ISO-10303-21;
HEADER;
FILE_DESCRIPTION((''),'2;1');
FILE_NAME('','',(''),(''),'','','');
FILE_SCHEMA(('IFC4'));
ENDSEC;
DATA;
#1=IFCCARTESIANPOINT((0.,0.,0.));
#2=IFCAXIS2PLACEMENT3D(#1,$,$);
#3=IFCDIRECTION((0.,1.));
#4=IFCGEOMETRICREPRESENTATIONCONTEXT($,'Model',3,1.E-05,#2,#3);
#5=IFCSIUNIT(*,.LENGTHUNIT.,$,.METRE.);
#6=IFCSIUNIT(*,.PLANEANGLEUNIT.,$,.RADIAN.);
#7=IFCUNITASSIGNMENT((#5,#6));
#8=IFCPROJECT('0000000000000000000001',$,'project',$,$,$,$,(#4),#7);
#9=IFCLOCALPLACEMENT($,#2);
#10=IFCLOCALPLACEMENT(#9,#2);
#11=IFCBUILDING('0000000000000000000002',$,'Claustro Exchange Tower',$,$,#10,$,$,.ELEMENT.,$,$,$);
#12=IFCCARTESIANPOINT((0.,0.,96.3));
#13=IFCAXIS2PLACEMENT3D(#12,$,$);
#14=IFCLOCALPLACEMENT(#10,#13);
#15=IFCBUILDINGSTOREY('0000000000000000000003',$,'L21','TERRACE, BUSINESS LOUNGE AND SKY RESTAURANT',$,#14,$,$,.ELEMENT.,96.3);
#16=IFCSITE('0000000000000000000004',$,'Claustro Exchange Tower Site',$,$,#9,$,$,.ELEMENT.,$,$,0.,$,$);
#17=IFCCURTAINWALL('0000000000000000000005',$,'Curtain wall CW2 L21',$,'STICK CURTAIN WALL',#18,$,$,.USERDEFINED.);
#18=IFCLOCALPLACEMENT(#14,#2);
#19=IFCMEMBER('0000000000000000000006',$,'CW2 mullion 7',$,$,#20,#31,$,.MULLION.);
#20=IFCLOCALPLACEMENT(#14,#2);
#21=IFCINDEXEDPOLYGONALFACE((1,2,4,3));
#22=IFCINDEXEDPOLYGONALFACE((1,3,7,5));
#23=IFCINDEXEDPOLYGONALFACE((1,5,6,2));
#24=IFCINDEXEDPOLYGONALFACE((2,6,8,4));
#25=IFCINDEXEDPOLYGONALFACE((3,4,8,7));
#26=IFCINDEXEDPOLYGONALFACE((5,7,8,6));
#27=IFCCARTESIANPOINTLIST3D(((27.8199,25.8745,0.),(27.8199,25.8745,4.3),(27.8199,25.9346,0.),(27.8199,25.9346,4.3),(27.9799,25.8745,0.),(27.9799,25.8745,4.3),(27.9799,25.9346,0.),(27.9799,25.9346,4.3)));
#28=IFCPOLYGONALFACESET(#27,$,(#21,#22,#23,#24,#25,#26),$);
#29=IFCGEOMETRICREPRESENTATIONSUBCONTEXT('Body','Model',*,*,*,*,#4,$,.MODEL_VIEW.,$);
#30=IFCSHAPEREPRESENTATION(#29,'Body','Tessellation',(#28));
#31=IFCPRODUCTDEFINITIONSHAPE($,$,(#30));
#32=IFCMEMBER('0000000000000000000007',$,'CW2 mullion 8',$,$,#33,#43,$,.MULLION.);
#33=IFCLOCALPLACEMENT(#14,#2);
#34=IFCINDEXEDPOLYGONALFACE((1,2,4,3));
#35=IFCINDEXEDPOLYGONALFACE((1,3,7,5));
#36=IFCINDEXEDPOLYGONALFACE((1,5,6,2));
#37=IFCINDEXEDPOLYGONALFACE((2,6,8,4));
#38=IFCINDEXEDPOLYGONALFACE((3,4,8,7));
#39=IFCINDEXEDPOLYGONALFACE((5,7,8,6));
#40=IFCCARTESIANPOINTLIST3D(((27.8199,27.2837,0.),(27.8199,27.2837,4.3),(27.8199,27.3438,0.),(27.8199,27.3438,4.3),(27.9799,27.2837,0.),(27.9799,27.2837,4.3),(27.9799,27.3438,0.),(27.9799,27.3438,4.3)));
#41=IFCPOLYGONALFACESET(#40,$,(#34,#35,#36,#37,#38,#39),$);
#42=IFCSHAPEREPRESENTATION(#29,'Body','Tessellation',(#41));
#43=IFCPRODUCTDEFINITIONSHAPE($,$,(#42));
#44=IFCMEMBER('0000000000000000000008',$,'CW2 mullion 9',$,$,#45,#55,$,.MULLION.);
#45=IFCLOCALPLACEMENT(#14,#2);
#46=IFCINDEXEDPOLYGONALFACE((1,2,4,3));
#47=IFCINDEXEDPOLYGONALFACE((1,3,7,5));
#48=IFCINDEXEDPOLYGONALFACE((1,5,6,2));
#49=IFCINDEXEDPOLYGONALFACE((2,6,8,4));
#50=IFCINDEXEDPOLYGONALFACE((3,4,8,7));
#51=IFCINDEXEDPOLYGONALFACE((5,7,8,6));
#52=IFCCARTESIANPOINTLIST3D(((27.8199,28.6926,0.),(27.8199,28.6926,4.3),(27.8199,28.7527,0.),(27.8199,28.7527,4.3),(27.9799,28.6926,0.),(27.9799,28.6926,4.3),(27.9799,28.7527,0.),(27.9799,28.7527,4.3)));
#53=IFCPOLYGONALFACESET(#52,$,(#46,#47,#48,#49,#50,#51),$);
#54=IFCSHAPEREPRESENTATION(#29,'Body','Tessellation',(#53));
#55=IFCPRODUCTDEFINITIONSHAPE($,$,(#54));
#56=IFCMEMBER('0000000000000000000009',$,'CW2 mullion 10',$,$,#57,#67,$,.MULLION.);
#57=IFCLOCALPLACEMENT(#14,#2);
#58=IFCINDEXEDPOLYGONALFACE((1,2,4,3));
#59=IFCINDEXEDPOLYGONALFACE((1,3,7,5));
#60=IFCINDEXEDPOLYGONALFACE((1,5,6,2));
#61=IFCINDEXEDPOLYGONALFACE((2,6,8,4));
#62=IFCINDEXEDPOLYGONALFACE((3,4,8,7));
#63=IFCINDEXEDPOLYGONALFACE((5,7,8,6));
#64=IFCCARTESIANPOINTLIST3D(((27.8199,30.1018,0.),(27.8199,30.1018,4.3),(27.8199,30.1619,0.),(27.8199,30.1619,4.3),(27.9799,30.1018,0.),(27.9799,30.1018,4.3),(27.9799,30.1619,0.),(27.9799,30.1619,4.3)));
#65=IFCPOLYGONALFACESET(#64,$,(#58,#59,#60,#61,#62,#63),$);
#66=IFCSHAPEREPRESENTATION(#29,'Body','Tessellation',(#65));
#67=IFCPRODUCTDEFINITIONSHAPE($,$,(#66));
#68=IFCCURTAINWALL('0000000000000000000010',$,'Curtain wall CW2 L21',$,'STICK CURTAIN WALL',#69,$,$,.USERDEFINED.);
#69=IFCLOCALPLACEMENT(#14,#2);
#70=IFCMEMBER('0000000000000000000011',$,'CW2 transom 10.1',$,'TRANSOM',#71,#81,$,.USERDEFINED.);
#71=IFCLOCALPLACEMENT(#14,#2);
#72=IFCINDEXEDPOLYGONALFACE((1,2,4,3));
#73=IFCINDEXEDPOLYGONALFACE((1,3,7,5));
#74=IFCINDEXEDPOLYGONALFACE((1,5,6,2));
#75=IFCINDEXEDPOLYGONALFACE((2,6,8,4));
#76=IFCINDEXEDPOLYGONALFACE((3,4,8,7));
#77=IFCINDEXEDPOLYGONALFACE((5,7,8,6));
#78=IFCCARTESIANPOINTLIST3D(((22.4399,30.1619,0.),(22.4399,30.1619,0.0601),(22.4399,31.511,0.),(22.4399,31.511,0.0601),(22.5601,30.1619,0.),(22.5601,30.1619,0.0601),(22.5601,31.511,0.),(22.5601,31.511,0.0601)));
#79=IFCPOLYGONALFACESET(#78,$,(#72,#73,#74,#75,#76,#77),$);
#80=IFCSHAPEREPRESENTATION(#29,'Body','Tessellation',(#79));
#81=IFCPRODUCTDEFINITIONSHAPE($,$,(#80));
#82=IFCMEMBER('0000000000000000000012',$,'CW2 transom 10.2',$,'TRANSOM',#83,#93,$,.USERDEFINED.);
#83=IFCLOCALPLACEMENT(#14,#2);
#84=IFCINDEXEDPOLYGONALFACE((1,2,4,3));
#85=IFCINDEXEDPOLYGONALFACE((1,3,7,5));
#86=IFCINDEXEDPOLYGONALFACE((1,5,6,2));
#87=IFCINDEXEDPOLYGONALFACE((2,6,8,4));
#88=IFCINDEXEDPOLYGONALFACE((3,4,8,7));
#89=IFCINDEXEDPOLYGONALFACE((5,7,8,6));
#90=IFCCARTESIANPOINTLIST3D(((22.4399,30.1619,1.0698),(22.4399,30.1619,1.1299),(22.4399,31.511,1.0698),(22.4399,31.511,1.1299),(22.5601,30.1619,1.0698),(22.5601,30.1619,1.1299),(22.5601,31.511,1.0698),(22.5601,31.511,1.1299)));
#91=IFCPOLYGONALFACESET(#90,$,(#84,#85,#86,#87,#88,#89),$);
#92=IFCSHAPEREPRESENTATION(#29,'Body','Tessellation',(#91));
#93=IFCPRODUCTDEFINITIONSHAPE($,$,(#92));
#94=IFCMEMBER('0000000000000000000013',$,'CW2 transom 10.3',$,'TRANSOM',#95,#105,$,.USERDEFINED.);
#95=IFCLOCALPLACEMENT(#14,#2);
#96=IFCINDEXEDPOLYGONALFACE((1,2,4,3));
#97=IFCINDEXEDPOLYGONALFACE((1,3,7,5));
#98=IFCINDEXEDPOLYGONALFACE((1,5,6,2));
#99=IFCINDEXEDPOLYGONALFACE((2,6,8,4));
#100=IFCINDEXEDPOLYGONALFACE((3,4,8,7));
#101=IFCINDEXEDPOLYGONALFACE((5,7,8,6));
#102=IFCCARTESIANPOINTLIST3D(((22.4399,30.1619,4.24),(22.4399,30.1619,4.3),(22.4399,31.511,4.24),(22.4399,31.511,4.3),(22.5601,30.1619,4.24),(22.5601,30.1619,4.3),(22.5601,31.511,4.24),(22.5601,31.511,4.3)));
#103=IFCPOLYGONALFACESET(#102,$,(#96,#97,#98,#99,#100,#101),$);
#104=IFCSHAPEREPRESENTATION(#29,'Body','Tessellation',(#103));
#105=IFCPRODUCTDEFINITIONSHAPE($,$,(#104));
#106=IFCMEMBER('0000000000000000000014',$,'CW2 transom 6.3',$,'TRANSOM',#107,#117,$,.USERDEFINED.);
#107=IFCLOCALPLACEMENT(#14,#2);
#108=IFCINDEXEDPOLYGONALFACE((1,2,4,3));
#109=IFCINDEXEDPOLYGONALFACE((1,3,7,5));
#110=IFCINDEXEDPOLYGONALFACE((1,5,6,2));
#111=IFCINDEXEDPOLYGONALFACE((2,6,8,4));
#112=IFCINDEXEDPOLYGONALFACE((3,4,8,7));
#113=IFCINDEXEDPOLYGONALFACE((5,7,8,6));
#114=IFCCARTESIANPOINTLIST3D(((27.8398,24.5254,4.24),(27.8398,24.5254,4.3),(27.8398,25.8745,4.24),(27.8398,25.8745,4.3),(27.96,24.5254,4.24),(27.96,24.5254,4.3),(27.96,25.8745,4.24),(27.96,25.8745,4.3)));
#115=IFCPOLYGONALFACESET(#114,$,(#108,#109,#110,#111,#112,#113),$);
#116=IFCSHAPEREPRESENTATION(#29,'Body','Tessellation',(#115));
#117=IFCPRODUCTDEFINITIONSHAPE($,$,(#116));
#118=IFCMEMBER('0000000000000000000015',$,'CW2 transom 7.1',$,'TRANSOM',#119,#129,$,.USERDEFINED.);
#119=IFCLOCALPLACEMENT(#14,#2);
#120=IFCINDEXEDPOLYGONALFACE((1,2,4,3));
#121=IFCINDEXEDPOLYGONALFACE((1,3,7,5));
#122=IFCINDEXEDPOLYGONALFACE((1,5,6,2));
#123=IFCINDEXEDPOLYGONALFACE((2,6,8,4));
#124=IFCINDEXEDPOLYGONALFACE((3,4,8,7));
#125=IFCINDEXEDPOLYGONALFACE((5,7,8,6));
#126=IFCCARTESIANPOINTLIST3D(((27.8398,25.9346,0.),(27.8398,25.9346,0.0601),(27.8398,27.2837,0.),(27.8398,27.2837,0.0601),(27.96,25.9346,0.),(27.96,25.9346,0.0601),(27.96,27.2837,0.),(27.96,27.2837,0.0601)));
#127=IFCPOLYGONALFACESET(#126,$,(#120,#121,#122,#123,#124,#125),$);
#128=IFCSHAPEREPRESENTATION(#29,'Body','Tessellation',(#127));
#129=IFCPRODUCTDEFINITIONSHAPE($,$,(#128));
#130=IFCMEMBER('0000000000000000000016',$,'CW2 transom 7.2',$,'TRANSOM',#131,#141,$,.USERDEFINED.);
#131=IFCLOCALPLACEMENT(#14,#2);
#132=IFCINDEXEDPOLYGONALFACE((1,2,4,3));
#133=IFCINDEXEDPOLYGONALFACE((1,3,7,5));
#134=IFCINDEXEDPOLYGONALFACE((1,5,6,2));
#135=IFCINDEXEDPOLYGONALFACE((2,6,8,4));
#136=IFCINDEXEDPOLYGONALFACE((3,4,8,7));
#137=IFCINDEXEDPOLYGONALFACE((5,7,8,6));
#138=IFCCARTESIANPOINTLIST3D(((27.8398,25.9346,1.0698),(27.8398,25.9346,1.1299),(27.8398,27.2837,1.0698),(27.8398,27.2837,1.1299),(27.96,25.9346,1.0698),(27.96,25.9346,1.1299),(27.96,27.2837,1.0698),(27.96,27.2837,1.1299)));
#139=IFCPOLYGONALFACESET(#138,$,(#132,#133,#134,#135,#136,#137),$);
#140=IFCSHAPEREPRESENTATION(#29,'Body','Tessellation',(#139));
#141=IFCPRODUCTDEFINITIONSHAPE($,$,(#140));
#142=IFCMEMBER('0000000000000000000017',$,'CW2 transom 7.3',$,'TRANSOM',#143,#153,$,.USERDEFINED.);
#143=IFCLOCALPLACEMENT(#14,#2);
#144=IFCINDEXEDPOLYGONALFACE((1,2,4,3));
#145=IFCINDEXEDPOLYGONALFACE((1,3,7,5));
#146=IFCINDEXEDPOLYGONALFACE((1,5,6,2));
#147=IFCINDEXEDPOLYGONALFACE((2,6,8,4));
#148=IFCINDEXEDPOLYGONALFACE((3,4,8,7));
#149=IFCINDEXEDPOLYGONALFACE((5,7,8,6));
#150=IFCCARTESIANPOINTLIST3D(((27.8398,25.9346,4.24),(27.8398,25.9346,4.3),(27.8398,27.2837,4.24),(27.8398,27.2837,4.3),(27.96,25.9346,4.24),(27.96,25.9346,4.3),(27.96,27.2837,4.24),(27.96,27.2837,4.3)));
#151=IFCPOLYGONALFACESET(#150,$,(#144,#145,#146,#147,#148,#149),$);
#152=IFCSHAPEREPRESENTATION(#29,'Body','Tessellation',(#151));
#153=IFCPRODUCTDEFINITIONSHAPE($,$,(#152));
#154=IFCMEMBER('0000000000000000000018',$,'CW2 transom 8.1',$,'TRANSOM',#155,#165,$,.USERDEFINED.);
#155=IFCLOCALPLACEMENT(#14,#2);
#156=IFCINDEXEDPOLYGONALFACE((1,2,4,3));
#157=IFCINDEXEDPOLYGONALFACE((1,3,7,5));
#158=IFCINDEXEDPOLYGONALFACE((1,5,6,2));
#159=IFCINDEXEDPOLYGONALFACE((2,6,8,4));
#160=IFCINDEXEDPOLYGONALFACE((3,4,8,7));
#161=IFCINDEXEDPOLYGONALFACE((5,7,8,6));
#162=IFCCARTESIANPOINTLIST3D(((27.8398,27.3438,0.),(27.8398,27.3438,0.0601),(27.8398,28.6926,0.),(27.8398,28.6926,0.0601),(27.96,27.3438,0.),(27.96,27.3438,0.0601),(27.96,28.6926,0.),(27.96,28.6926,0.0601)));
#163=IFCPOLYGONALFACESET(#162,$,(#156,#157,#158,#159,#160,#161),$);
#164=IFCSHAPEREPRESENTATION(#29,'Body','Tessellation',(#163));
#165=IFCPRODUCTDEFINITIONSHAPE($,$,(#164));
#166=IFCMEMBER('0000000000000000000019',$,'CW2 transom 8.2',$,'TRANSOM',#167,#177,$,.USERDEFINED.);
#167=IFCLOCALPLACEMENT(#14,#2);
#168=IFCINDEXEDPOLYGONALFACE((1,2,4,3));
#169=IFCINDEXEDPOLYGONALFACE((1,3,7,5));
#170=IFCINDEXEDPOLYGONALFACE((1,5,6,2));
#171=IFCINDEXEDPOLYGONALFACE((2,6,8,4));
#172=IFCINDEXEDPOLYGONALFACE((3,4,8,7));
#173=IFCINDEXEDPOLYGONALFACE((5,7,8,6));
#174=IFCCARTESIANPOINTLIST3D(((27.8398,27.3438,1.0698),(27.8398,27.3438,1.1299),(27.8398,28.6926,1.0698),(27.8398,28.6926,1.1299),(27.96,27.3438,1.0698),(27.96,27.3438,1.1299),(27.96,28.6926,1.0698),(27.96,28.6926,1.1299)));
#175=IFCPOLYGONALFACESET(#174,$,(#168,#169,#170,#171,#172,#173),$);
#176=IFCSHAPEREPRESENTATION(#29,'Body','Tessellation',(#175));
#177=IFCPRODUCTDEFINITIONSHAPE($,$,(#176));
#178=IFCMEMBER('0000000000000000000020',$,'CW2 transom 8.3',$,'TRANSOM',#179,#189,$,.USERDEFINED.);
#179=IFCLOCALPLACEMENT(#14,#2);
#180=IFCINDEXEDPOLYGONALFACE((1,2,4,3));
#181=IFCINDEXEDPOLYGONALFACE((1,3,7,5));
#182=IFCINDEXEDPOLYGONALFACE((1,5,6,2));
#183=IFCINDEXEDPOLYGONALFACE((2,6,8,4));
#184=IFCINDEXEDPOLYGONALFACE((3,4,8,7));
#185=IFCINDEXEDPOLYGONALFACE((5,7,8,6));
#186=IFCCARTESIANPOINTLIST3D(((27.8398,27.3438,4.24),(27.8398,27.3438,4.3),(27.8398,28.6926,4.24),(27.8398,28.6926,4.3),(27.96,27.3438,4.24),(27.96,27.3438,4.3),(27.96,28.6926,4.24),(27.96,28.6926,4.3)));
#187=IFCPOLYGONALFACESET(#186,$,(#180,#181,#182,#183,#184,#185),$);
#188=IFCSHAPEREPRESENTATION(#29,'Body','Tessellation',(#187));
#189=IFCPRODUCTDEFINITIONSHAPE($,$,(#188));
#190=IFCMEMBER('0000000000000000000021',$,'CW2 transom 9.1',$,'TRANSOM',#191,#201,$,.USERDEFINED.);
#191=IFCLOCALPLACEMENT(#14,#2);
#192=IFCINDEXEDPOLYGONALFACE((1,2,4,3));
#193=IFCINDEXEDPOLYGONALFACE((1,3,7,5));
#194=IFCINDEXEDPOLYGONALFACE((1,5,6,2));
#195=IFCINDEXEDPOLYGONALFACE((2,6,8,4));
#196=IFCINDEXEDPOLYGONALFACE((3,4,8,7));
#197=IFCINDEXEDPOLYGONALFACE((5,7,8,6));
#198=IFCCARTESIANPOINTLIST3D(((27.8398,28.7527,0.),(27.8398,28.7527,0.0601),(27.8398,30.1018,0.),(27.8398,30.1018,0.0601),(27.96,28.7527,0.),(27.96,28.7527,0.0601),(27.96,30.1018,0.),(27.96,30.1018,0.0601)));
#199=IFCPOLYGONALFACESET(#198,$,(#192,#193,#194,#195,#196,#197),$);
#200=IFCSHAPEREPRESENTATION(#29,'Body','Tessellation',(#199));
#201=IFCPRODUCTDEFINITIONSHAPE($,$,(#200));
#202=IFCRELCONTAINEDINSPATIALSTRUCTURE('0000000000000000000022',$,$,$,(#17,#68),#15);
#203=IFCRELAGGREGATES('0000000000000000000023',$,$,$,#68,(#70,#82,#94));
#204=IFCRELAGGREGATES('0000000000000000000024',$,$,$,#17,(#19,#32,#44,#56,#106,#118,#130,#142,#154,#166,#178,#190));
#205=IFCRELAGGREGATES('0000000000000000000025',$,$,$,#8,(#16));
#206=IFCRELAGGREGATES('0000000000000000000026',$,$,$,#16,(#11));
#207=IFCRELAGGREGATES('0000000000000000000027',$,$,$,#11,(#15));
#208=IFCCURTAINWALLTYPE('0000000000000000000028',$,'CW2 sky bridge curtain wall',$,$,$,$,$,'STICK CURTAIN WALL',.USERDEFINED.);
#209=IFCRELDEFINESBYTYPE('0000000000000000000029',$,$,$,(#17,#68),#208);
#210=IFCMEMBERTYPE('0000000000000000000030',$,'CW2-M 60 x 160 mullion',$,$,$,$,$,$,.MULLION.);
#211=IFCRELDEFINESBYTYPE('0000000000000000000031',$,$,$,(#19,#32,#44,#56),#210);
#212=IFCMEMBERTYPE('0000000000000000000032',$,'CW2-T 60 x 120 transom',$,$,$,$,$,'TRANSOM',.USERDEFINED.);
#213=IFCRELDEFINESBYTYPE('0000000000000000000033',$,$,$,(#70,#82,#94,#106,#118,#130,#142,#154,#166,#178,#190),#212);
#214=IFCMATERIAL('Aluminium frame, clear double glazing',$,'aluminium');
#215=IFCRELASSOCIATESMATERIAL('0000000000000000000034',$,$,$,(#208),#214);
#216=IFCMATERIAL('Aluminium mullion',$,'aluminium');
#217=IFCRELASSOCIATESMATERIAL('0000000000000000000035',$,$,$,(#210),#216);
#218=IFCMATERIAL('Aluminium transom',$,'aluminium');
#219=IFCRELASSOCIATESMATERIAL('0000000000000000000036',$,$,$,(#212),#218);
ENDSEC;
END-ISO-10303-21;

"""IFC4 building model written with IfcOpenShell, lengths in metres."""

from ifc_helpers import new_model, si_unit, direction, frame, origin, origin_2d, place, context, subcontext, project, spatial, rectangle, extrude, material, material_profile, profile_set, type_object, element, aggregate, save


model = new_model("IFC4")

# Units and contexts
model_context = context("Model", 3, precision=1e-05, world=origin(), true_north=direction((0.0, 1.0)))
body_context = subcontext(model_context, "Body", "Model", "MODEL_VIEW")
ifc_project = project(units=[si_unit("LENGTHUNIT", "METRE"), si_unit("PLANEANGLEUNIT", "RADIAN")], contexts=[model_context])

# Site, building, storey
site_placement = place(None, origin())
site = spatial("IfcSite", under=ifc_project, at=site_placement, Name="Claustro Exchange Tower Site", CompositionType="ELEMENT", RefElevation=0.0)
building_placement = place(site_placement, origin())
building = spatial("IfcBuilding", under=site, at=building_placement, Name="Claustro Exchange Tower", CompositionType="ELEMENT")
storey_placement = place(building_placement, frame((0.0, 0.0, 96.3)))
storey = spatial("IfcBuildingStorey", under=building, at=storey_placement, Name="L21", Description="TERRACE, BUSINESS LOUNGE AND SKY RESTAURANT", CompositionType="ELEMENT", Elevation=96.3)

# Curtain walls, members
ifc_material_1 = material(Name="Aluminium frame, clear double glazing", Category="aluminium")
curtain_wall_type = type_object("IfcCurtainWallType", Name="CW2 sky bridge curtain wall", ElementType="STICK CURTAIN WALL", PredefinedType="USERDEFINED", material=ifc_material_1)
curtain_wall_1_placement = place(storey_placement, origin())
curtain_wall_1 = element("IfcCurtainWall", 1, at=curtain_wall_1_placement, inside=storey, type_object=curtain_wall_type, Name="Curtain wall CW2 L21", ObjectType="STICK CURTAIN WALL", PredefinedType="USERDEFINED")
ifc_material_2 = material(Name="Aluminium mullion", Category="aluminium")
ifc_material_profile_1 = material_profile(ifc_material_2, rectangle(XDim=0.1599, YDim=0.0601, at=origin_2d()), Name="CW2-M 60x160")
ifc_profile_set_1 = profile_set([ifc_material_profile_1], Name="Aluminium mullion")
member_type_1 = type_object("IfcMemberType", Name="CW2-M 60 x 160 mullion", PredefinedType="MULLION", material=ifc_profile_set_1)
member_1_placement = place(storey_placement, frame((27.8999, 25.9045, 0.0), z_axis=(0.0, 0.0, 1.0), x_axis=(-1.0, 0.0, 0.0)))
member_1 = element("IfcMember", 2, at=member_1_placement, type_object=member_type_1, Name="CW2 mullion 7", PredefinedType="MULLION", context=body_context, shape_type="SweptSolid", body=[
    extrude(rectangle(XDim=0.1599, YDim=0.0601, at=origin_2d()), origin(), (0.0, 0.0, 1.0), 4.3),
])
member_2_placement = place(storey_placement, frame((27.8999, 27.3137, 0.0), z_axis=(0.0, 0.0, 1.0), x_axis=(-1.0, 0.0, 0.0)))
member_2 = element("IfcMember", 3, at=member_2_placement, type_object=member_type_1, Name="CW2 mullion 8", PredefinedType="MULLION", context=body_context, shape_type="SweptSolid", body=[
    extrude(rectangle(XDim=0.1599, YDim=0.0601, at=origin_2d()), origin(), (0.0, 0.0, 1.0), 4.3),
])
member_3_placement = place(storey_placement, frame((27.8999, 28.7227, 0.0), z_axis=(0.0, 0.0, 1.0), x_axis=(-1.0, 0.0, 0.0)))
member_3 = element("IfcMember", 4, at=member_3_placement, type_object=member_type_1, Name="CW2 mullion 9", PredefinedType="MULLION", context=body_context, shape_type="SweptSolid", body=[
    extrude(rectangle(XDim=0.1599, YDim=0.0601, at=origin_2d()), origin(), (0.0, 0.0, 1.0), 4.3),
])
member_4_placement = place(storey_placement, frame((27.8999, 30.1318, 0.0), z_axis=(0.0, 0.0, 1.0), x_axis=(-1.0, 0.0, 0.0)))
member_4 = element("IfcMember", 5, at=member_4_placement, type_object=member_type_1, Name="CW2 mullion 10", PredefinedType="MULLION", context=body_context, shape_type="SweptSolid", body=[
    extrude(rectangle(XDim=0.1599, YDim=0.0601, at=origin_2d()), origin(), (0.0, 0.0, 1.0), 4.3),
])
curtain_wall_2_placement = place(storey_placement, origin())
curtain_wall_2 = element("IfcCurtainWall", 6, at=curtain_wall_2_placement, inside=storey, type_object=curtain_wall_type, Name="Curtain wall CW2 L21", ObjectType="STICK CURTAIN WALL", PredefinedType="USERDEFINED")
ifc_material_3 = material(Name="Aluminium transom", Category="aluminium")
ifc_material_profile_2 = material_profile(ifc_material_3, rectangle(XDim=0.1201, YDim=0.0601, at=origin_2d()), Name="CW2-T 60x120")
ifc_profile_set_2 = profile_set([ifc_material_profile_2], Name="Aluminium transom")
member_type_2 = type_object("IfcMemberType", Name="CW2-T 60 x 120 transom", ElementType="TRANSOM", PredefinedType="USERDEFINED", material=ifc_profile_set_2)
member_5_placement = place(storey_placement, frame((22.5, 30.1619, 0.03), z_axis=(0.0, 1.0, 0.0), x_axis=(-1.0, 0.0, 0.0)))
member_5 = element("IfcMember", 7, at=member_5_placement, type_object=member_type_2, Name="CW2 transom 10.1", ObjectType="TRANSOM", PredefinedType="USERDEFINED", context=body_context, shape_type="SweptSolid", body=[
    extrude(rectangle(XDim=0.1201, YDim=0.0601, at=origin_2d()), origin(), (0.0, 0.0, 1.0), 1.3491),
])
member_6_placement = place(storey_placement, frame((22.5, 30.1619, 1.0999), z_axis=(0.0, 1.0, 0.0), x_axis=(-1.0, 0.0, 0.0)))
member_6 = element("IfcMember", 8, at=member_6_placement, type_object=member_type_2, Name="CW2 transom 10.2", ObjectType="TRANSOM", PredefinedType="USERDEFINED", context=body_context, shape_type="SweptSolid", body=[
    extrude(rectangle(XDim=0.1201, YDim=0.0601, at=origin_2d()), origin(), (0.0, 0.0, 1.0), 1.3491),
])
member_7_placement = place(storey_placement, frame((22.5, 30.1619, 4.27), z_axis=(0.0, 1.0, 0.0), x_axis=(-1.0, 0.0, 0.0)))
member_7 = element("IfcMember", 9, at=member_7_placement, type_object=member_type_2, Name="CW2 transom 10.3", ObjectType="TRANSOM", PredefinedType="USERDEFINED", context=body_context, shape_type="SweptSolid", body=[
    extrude(rectangle(XDim=0.1201, YDim=0.0601, at=origin_2d()), origin(), (0.0, 0.0, 1.0), 1.3491),
])

# Members
member_8_placement = place(storey_placement, frame((27.8999, 24.5254, 4.27), z_axis=(0.0, 1.0, 0.0), x_axis=(-1.0, 0.0, 0.0)))
member_8 = element("IfcMember", 10, at=member_8_placement, type_object=member_type_2, Name="CW2 transom 6.3", ObjectType="TRANSOM", PredefinedType="USERDEFINED", context=body_context, shape_type="SweptSolid", body=[
    extrude(rectangle(XDim=0.1201, YDim=0.0601, at=origin_2d()), origin(), (0.0, 0.0, 1.0), 1.3491),
])
member_9_placement = place(storey_placement, frame((27.8999, 25.9346, 0.03), z_axis=(0.0, 1.0, 0.0), x_axis=(-1.0, 0.0, 0.0)))
member_9 = element("IfcMember", 11, at=member_9_placement, type_object=member_type_2, Name="CW2 transom 7.1", ObjectType="TRANSOM", PredefinedType="USERDEFINED", context=body_context, shape_type="SweptSolid", body=[
    extrude(rectangle(XDim=0.1201, YDim=0.0601, at=origin_2d()), origin(), (0.0, 0.0, 1.0), 1.3491),
])
member_10_placement = place(storey_placement, frame((27.8999, 25.9346, 1.0999), z_axis=(0.0, 1.0, 0.0), x_axis=(-1.0, 0.0, 0.0)))
member_10 = element("IfcMember", 12, at=member_10_placement, type_object=member_type_2, Name="CW2 transom 7.2", ObjectType="TRANSOM", PredefinedType="USERDEFINED", context=body_context, shape_type="SweptSolid", body=[
    extrude(rectangle(XDim=0.1201, YDim=0.0601, at=origin_2d()), origin(), (0.0, 0.0, 1.0), 1.3491),
])
member_11_placement = place(storey_placement, frame((27.8999, 25.9346, 4.27), z_axis=(0.0, 1.0, 0.0), x_axis=(-1.0, 0.0, 0.0)))
member_11 = element("IfcMember", 13, at=member_11_placement, type_object=member_type_2, Name="CW2 transom 7.3", ObjectType="TRANSOM", PredefinedType="USERDEFINED", context=body_context, shape_type="SweptSolid", body=[
    extrude(rectangle(XDim=0.1201, YDim=0.0601, at=origin_2d()), origin(), (0.0, 0.0, 1.0), 1.3491),
])
member_12_placement = place(storey_placement, frame((27.8999, 27.3438, 0.03), z_axis=(0.0, 1.0, 0.0), x_axis=(-1.0, 0.0, 0.0)))
member_12 = element("IfcMember", 14, at=member_12_placement, type_object=member_type_2, Name="CW2 transom 8.1", ObjectType="TRANSOM", PredefinedType="USERDEFINED", context=body_context, shape_type="SweptSolid", body=[
    extrude(rectangle(XDim=0.1201, YDim=0.0601, at=origin_2d()), origin(), (0.0, 0.0, 1.0), 1.3489),
])
member_13_placement = place(storey_placement, frame((27.8999, 27.3438, 1.0999), z_axis=(0.0, 1.0, 0.0), x_axis=(-1.0, 0.0, 0.0)))
member_13 = element("IfcMember", 15, at=member_13_placement, type_object=member_type_2, Name="CW2 transom 8.2", ObjectType="TRANSOM", PredefinedType="USERDEFINED", context=body_context, shape_type="SweptSolid", body=[
    extrude(rectangle(XDim=0.1201, YDim=0.0601, at=origin_2d()), origin(), (0.0, 0.0, 1.0), 1.3489),
])
member_14_placement = place(storey_placement, frame((27.8999, 27.3438, 4.27), z_axis=(0.0, 1.0, 0.0), x_axis=(-1.0, 0.0, 0.0)))
member_14 = element("IfcMember", 16, at=member_14_placement, type_object=member_type_2, Name="CW2 transom 8.3", ObjectType="TRANSOM", PredefinedType="USERDEFINED", context=body_context, shape_type="SweptSolid", body=[
    extrude(rectangle(XDim=0.1201, YDim=0.0601, at=origin_2d()), origin(), (0.0, 0.0, 1.0), 1.3489),
])
member_15_placement = place(storey_placement, frame((27.8999, 28.7527, 0.03), z_axis=(0.0, 1.0, 0.0), x_axis=(-1.0, 0.0, 0.0)))
member_15 = element("IfcMember", 17, at=member_15_placement, type_object=member_type_2, Name="CW2 transom 9.1", ObjectType="TRANSOM", PredefinedType="USERDEFINED", context=body_context, shape_type="SweptSolid", body=[
    extrude(rectangle(XDim=0.1201, YDim=0.0601, at=origin_2d()), origin(), (0.0, 0.0, 1.0), 1.3491),
])

aggregate(curtain_wall_2, [member_5, member_6, member_7])
aggregate(curtain_wall_1, [member_1, member_2, member_3, member_4, member_8, member_9, member_10, member_11, member_12, member_13, member_14, member_15])

save(model, "model.ifc")
